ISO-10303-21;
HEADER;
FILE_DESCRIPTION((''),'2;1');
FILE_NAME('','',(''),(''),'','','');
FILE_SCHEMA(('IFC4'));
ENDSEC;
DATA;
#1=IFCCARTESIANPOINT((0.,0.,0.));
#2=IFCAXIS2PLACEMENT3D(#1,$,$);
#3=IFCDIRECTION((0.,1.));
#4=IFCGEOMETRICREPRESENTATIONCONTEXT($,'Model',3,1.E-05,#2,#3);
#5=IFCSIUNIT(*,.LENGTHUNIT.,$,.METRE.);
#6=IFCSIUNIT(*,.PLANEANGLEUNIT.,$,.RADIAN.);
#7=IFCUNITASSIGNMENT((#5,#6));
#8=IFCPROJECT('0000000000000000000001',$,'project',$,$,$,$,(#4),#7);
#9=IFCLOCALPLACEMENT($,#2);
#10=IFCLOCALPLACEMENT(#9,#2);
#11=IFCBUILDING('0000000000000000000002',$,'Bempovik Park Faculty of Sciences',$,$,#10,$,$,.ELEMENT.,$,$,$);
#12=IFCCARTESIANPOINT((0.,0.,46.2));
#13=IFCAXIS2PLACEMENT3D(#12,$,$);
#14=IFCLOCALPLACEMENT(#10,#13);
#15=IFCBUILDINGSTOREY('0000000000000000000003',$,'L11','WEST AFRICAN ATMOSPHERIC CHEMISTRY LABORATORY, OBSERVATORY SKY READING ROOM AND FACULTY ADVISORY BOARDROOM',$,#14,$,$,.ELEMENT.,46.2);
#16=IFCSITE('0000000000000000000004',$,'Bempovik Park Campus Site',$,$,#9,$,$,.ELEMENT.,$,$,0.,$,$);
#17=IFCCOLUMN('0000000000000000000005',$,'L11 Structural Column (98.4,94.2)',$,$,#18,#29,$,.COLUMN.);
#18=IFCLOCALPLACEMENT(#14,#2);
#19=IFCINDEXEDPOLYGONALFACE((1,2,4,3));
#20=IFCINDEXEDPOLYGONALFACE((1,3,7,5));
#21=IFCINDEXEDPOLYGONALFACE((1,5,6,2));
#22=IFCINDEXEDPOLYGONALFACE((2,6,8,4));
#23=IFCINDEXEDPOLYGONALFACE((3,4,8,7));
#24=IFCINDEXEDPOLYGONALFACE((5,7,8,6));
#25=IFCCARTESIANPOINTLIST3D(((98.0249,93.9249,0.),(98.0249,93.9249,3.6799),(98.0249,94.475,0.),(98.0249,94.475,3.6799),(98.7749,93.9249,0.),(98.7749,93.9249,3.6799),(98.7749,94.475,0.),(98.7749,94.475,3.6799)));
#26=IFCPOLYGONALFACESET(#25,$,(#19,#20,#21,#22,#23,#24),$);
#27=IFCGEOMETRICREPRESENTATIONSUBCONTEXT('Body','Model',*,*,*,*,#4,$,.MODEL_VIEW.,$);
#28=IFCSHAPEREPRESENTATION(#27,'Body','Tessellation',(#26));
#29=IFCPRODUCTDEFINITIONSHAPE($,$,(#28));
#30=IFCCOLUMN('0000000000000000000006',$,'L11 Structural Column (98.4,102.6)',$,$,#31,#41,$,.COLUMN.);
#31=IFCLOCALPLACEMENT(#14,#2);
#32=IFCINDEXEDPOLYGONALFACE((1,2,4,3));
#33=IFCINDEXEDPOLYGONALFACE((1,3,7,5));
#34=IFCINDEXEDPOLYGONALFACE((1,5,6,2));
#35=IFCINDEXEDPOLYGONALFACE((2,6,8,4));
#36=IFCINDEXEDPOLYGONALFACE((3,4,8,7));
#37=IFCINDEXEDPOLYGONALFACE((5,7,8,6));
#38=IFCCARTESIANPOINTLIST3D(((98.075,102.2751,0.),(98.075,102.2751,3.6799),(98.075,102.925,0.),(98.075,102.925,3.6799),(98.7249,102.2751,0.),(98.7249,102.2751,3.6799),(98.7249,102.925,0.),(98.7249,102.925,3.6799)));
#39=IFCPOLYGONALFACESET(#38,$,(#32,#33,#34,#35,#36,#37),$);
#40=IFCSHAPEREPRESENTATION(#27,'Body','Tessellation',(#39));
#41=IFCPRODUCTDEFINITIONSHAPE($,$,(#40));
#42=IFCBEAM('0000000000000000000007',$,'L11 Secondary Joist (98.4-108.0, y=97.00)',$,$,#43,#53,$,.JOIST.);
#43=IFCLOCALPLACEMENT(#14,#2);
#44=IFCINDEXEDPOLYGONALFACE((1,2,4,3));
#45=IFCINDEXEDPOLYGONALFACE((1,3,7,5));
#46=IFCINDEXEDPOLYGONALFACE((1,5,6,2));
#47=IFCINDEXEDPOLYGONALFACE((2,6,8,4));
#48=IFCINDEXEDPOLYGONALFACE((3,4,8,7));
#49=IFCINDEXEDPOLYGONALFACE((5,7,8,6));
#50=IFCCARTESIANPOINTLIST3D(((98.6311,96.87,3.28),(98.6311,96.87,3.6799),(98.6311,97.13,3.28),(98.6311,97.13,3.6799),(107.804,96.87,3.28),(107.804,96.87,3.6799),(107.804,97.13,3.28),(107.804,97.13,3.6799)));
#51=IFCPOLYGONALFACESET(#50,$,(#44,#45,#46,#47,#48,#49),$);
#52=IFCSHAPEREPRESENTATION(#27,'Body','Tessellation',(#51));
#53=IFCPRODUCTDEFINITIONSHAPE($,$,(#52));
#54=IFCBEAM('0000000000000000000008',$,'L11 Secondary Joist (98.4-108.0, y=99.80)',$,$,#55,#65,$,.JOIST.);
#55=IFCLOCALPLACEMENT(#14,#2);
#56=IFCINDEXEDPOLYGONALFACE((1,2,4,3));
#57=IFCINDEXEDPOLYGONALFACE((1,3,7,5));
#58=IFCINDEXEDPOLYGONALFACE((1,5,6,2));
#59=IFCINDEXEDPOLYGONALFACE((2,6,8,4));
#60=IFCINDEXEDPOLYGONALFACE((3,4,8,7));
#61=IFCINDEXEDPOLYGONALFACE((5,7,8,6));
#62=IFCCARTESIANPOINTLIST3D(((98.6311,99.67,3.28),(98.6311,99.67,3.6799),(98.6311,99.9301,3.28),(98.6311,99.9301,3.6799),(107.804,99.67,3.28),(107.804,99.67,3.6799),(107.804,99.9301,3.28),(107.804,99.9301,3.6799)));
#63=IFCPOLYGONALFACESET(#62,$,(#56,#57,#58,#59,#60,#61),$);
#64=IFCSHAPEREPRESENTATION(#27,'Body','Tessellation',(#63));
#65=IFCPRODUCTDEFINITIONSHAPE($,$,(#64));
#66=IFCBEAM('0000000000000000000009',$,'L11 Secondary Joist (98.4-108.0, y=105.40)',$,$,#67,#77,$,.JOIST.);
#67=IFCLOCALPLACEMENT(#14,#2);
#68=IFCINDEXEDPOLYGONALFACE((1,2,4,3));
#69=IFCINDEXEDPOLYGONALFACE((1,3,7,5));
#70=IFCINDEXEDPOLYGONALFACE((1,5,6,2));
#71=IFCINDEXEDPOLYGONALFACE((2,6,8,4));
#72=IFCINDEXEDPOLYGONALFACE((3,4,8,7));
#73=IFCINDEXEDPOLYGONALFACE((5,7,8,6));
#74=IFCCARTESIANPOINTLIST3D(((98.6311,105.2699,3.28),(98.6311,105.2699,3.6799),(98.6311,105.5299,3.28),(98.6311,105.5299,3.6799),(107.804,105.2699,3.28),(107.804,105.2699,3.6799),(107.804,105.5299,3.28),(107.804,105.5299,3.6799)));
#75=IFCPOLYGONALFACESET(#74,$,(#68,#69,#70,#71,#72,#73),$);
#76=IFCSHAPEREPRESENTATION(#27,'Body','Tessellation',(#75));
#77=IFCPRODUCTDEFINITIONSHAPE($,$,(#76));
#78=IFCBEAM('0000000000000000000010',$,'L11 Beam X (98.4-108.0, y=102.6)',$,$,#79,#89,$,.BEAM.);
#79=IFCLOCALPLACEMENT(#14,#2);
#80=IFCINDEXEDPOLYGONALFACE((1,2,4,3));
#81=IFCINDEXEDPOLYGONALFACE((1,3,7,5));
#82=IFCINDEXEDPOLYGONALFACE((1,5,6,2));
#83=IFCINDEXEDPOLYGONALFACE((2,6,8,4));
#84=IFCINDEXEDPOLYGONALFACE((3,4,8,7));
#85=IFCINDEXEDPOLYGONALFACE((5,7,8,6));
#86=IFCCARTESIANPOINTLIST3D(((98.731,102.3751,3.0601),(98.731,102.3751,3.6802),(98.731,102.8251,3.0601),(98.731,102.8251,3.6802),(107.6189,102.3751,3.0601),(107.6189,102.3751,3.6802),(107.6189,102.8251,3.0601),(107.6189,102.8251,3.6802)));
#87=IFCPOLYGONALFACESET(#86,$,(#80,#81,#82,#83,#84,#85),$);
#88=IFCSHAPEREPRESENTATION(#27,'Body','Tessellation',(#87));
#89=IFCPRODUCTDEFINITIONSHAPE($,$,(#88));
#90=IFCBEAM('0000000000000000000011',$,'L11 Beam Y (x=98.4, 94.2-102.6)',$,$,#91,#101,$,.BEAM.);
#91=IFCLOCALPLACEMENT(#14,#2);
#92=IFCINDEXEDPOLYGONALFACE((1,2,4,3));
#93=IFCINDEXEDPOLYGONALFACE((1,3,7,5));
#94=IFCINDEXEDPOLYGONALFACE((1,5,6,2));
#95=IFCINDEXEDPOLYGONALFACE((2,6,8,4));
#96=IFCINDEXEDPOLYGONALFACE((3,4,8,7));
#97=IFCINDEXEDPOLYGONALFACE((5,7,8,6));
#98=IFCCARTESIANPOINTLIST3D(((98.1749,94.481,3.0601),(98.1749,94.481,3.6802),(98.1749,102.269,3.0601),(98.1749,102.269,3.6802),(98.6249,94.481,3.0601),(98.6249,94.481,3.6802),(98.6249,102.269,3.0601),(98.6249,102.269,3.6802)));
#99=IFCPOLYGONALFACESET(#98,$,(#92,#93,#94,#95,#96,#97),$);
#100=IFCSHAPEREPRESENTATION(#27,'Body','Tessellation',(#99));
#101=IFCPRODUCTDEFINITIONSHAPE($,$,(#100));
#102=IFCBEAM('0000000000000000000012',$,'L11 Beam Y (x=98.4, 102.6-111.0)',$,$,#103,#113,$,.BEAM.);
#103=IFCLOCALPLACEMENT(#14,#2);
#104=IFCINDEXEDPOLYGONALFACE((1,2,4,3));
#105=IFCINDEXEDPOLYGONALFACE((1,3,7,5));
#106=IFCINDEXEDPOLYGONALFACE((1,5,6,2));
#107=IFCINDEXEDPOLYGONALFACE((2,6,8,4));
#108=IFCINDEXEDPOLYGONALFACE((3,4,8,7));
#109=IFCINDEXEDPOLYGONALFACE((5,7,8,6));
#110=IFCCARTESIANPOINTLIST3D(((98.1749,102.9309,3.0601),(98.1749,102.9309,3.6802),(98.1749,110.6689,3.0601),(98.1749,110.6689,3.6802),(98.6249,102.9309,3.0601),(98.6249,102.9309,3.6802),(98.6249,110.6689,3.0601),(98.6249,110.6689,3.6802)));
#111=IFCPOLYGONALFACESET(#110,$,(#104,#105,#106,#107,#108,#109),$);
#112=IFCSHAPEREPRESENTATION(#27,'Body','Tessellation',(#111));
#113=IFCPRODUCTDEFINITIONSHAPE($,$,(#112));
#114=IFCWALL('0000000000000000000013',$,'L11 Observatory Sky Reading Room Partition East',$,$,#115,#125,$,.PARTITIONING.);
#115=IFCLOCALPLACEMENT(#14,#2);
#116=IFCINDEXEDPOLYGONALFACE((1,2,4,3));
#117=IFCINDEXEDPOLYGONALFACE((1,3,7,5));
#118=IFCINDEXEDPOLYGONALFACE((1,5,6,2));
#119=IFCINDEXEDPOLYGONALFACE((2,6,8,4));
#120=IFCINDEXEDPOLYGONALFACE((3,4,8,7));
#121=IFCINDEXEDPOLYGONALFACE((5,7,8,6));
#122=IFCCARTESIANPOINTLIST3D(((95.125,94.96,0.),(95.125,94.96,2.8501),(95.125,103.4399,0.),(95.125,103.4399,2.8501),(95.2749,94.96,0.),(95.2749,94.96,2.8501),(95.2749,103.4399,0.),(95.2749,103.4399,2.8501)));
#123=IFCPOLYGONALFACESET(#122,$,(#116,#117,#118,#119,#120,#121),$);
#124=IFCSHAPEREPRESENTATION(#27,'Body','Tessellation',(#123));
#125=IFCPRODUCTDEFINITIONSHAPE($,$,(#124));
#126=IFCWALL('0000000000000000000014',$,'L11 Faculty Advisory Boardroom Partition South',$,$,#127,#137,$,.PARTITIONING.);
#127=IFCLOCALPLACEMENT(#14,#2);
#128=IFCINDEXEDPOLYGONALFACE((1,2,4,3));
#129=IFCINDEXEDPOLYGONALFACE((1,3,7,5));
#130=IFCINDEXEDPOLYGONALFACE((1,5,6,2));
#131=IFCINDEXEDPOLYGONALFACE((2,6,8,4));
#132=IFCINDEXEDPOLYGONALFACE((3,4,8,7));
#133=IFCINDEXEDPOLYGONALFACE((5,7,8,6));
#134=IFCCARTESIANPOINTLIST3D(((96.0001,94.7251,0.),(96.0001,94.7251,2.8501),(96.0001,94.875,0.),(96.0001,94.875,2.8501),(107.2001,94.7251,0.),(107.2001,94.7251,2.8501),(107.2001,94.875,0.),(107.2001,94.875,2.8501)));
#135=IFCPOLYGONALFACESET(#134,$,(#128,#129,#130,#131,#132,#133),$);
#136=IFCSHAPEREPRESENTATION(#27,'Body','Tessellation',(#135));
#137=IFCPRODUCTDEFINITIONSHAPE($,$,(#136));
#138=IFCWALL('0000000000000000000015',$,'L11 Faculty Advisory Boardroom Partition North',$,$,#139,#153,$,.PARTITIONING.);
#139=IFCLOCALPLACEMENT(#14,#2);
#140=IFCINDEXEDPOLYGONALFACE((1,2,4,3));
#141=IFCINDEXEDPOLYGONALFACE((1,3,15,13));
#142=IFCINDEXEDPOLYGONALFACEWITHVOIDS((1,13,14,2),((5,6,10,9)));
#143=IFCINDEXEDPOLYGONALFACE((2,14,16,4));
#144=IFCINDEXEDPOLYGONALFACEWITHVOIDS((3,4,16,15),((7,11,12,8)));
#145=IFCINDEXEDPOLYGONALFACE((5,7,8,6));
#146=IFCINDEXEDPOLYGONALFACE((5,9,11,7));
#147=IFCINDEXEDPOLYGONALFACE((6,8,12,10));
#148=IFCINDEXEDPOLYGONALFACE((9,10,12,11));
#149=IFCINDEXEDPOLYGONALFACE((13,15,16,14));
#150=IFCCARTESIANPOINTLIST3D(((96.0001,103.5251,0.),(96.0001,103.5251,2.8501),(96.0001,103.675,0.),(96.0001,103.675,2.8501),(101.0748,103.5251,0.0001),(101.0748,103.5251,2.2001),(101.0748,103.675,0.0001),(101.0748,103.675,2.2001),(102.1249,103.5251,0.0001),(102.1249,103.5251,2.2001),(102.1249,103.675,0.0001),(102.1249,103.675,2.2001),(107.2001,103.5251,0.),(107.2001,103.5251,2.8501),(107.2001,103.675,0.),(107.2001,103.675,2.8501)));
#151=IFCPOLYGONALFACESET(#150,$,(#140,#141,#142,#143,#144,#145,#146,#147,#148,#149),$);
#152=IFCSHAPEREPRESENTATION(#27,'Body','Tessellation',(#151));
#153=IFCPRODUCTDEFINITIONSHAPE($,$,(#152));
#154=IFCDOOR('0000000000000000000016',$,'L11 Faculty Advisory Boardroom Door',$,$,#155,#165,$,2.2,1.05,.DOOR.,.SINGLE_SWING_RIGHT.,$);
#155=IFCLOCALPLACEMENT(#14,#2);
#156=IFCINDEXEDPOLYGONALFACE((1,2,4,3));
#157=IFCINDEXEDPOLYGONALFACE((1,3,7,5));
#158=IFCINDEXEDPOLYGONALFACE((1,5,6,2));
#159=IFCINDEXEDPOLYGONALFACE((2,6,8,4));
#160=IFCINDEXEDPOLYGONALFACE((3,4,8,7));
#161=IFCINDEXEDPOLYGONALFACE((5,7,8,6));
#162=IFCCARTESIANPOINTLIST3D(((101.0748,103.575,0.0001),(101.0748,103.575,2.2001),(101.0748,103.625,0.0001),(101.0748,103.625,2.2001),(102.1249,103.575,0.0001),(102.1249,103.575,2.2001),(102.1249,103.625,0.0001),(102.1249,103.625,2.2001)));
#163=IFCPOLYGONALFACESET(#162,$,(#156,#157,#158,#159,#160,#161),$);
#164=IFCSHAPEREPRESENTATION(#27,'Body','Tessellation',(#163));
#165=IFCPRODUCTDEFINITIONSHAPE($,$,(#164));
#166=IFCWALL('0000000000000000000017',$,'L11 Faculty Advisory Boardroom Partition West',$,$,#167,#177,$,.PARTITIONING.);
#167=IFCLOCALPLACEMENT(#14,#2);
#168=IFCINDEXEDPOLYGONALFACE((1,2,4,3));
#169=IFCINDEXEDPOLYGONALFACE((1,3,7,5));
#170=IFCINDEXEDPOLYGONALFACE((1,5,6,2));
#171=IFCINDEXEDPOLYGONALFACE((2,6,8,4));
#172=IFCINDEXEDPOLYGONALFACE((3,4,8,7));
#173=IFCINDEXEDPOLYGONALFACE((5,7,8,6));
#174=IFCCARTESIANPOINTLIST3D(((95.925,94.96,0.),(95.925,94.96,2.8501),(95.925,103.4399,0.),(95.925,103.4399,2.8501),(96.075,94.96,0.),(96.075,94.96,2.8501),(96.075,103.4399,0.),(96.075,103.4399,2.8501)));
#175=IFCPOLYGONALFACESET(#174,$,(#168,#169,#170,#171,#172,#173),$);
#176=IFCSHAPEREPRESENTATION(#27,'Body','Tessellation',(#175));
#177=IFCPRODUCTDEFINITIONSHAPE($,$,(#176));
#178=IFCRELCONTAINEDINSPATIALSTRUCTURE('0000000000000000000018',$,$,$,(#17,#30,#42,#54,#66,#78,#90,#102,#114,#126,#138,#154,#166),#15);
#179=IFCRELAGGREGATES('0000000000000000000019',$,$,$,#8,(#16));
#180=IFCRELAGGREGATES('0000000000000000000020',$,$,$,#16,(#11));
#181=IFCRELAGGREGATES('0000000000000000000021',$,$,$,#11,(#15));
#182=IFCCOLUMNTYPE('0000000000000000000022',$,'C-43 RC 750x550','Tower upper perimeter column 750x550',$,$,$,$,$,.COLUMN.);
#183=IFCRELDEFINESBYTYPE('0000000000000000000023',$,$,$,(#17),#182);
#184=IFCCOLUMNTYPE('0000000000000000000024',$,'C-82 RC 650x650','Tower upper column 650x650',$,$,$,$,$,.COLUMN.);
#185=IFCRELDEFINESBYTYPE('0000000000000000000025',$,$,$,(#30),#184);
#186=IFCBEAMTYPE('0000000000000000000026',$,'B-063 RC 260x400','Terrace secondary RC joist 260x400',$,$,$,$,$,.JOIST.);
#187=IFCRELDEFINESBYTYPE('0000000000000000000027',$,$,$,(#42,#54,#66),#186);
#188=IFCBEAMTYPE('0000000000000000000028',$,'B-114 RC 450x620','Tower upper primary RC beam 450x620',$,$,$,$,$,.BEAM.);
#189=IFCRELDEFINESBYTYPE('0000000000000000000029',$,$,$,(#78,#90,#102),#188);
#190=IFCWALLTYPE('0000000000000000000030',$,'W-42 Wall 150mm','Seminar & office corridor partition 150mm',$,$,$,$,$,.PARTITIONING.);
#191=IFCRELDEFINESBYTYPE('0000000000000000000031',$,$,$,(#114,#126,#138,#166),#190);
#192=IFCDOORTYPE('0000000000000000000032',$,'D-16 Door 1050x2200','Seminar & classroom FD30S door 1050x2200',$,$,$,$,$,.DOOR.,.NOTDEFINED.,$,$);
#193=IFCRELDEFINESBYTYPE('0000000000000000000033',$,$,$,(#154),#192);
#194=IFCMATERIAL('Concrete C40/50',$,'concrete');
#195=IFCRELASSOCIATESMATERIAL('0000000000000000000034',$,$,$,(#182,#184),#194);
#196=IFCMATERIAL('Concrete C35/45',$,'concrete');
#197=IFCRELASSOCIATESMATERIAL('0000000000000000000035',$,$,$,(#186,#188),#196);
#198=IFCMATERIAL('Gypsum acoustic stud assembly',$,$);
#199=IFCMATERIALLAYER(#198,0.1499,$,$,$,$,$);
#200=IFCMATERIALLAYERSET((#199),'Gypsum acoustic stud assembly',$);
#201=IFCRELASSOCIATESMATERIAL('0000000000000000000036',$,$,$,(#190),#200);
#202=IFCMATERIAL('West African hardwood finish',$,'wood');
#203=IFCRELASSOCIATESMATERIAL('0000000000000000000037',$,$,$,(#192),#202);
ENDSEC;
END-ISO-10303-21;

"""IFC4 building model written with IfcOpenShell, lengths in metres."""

from ifc_helpers import new_model, si_unit, direction, frame, frame_2d, origin, origin_2d, place, context, subcontext, project, spatial, rectangle, extrude, material, layer, layer_set, material_profile, profile_set, type_object, element, fill, save


model = new_model("IFC4")

# Units and contexts
model_context = context("Model", 3, precision=1e-05, world=origin(), true_north=direction((0.0, 1.0)))
body_context = subcontext(model_context, "Body", "Model", "MODEL_VIEW")
ifc_project = project(units=[si_unit("LENGTHUNIT", "METRE"), si_unit("PLANEANGLEUNIT", "RADIAN")], contexts=[model_context])

# Site, building, storey
site_placement = place(None, origin())
site = spatial("IfcSite", under=ifc_project, at=site_placement, Name="Bempovik Park Campus Site", CompositionType="ELEMENT", RefElevation=0.0)
building_placement = place(site_placement, origin())
building = spatial("IfcBuilding", under=site, at=building_placement, Name="Bempovik Park Faculty of Sciences", CompositionType="ELEMENT")
storey_placement = place(building_placement, frame((0.0, 0.0, 46.2)))
storey = spatial("IfcBuildingStorey", under=building, at=storey_placement, Name="L11", Description="WEST AFRICAN ATMOSPHERIC CHEMISTRY LABORATORY, OBSERVATORY SKY READING ROOM AND FACULTY ADVISORY BOARDROOM", CompositionType="ELEMENT", Elevation=46.2)

# Columns
ifc_material_1 = material(Name="Concrete C40/50", Category="concrete")
ifc_material_profile_1 = material_profile(ifc_material_1, rectangle(XDim=0.75, YDim=0.55, at=origin_2d()), Name="RC 750x550")
ifc_profile_set_1 = profile_set([ifc_material_profile_1], Name="Concrete C40/50")
column_type_1 = type_object("IfcColumnType", Name="C-43 RC 750x550", Description="Tower upper perimeter column 750x550", PredefinedType="COLUMN", material=ifc_profile_set_1)
column_1_placement = place(storey_placement, frame((98.3999, 94.2, 0.0), z_axis=(0.0, 0.0, 1.0), x_axis=(1.0, 0.0, 0.0)))
element("IfcColumn", 1, at=column_1_placement, inside=storey, type_object=column_type_1, Name="L11 Structural Column (98.4,94.2)", PredefinedType="COLUMN", context=body_context, shape_type="SweptSolid", body=[
    extrude(rectangle(XDim=0.75, YDim=0.55, at=origin_2d()), origin(), (0.0, 0.0, 1.0), 3.6799),
])
ifc_material_profile_2 = material_profile(ifc_material_1, rectangle(XDim=0.6499, YDim=0.6499, at=origin_2d()), Name="RC 650x650")
ifc_profile_set_2 = profile_set([ifc_material_profile_2], Name="Concrete C40/50")
column_type_2 = type_object("IfcColumnType", Name="C-82 RC 650x650", Description="Tower upper column 650x650", PredefinedType="COLUMN", material=ifc_profile_set_2)
column_2_placement = place(storey_placement, frame((98.3999, 102.6001, 0.0), z_axis=(0.0, 0.0, 1.0), x_axis=(1.0, 0.0, 0.0)))
element("IfcColumn", 2, at=column_2_placement, inside=storey, type_object=column_type_2, Name="L11 Structural Column (98.4,102.6)", PredefinedType="COLUMN", context=body_context, shape_type="SweptSolid", body=[
    extrude(rectangle(XDim=0.6499, YDim=0.6499, at=origin_2d()), origin(), (0.0, 0.0, 1.0), 3.6799),
])

# Beams
ifc_material_2 = material(Name="Concrete C35/45", Category="concrete")
ifc_material_profile_3 = material_profile(ifc_material_2, rectangle(XDim=0.26, YDim=0.3999, at=origin_2d()), Name="RC 260x400")
ifc_profile_set_3 = profile_set([ifc_material_profile_3], Name="Concrete C35/45")
beam_type_1 = type_object("IfcBeamType", Name="B-063 RC 260x400", Description="Terrace secondary RC joist 260x400", PredefinedType="JOIST", material=ifc_profile_set_3)
for number, where, z_axis, x_axis, name in (
    (3, (98.6311, 97.0, 3.48), (1.0, 0.0, 0.0), (0.0, 1.0, 0.0), "L11 Secondary Joist (98.4-108.0, y=97.00)"),
    (4, (98.6311, 99.8, 3.48), (1.0, 0.0, 0.0), (0.0, 1.0, 0.0), "L11 Secondary Joist (98.4-108.0, y=99.80)"),
    (5, (98.6311, 105.3999, 3.48), (1.0, 0.0, 0.0), (0.0, 1.0, 0.0), "L11 Secondary Joist (98.4-108.0, y=105.40)"),
):
    element("IfcBeam", number, at=place(storey_placement, frame(where, z_axis=z_axis, x_axis=x_axis)), inside=storey, type_object=beam_type_1, Name=name, PredefinedType="JOIST", context=body_context, shape_type="SweptSolid", body=[
        extrude(rectangle(XDim=0.26, YDim=0.3999, at=origin_2d()), origin(), (0.0, 0.0, 1.0), 9.1729),
    ])
ifc_material_profile_4 = material_profile(ifc_material_2, rectangle(XDim=0.45, YDim=0.6201, at=origin_2d()), Name="RC 450x620")
ifc_profile_set_4 = profile_set([ifc_material_profile_4], Name="Concrete C35/45")
beam_type_2 = type_object("IfcBeamType", Name="B-114 RC 450x620", Description="Tower upper primary RC beam 450x620", PredefinedType="BEAM", material=ifc_profile_set_4)
beam_1_placement = place(storey_placement, frame((98.731, 102.6001, 3.3701), z_axis=(1.0, 0.0, 0.0), x_axis=(0.0, 1.0, 0.0)))
element("IfcBeam", 6, at=beam_1_placement, inside=storey, type_object=beam_type_2, Name="L11 Beam X (98.4-108.0, y=102.6)", PredefinedType="BEAM", context=body_context, shape_type="SweptSolid", body=[
    extrude(rectangle(XDim=0.45, YDim=0.6201, at=origin_2d()), origin(), (0.0, 0.0, 1.0), 8.8879),
])
beam_2_placement = place(storey_placement, frame((98.3999, 94.481, 3.3701), z_axis=(0.0, 1.0, 0.0), x_axis=(-1.0, 0.0, 0.0)))
element("IfcBeam", 7, at=beam_2_placement, inside=storey, type_object=beam_type_2, Name="L11 Beam Y (x=98.4, 94.2-102.6)", PredefinedType="BEAM", context=body_context, shape_type="SweptSolid", body=[
    extrude(rectangle(XDim=0.45, YDim=0.6201, at=origin_2d()), origin(), (0.0, 0.0, 1.0), 7.7881),
])
beam_3_placement = place(storey_placement, frame((98.3999, 102.9309, 3.3701), z_axis=(0.0, 1.0, 0.0), x_axis=(-1.0, 0.0, 0.0)))
element("IfcBeam", 8, at=beam_3_placement, inside=storey, type_object=beam_type_2, Name="L11 Beam Y (x=98.4, 102.6-111.0)", PredefinedType="BEAM", context=body_context, shape_type="SweptSolid", body=[
    extrude(rectangle(XDim=0.45, YDim=0.6201, at=origin_2d()), origin(), (0.0, 0.0, 1.0), 7.738),
])

# Walls
ifc_material_3 = material(Name="Gypsum acoustic stud assembly")
ifc_layer_1 = layer(ifc_material_3, 0.1499)
ifc_layer_set_1 = layer_set([ifc_layer_1], Name="Gypsum acoustic stud assembly")
wall_type_1 = type_object("IfcWallType", Name="W-42 Wall 150mm", Description="Seminar & office corridor partition 150mm", PredefinedType="PARTITIONING", material=ifc_layer_set_1)
wall_1_placement = place(storey_placement, frame((95.2, 94.96, 0.0), z_axis=(0.0, 0.0, 1.0), x_axis=(0.0, 1.0, 0.0)))
element("IfcWall", 9, at=wall_1_placement, inside=storey, type_object=wall_type_1, Name="L11 Observatory Sky Reading Room Partition East", PredefinedType="PARTITIONING", context=body_context, shape_type="SweptSolid", body=[
    extrude(rectangle(XDim=8.48, YDim=0.1499, at=frame_2d((4.24, 0.0))), origin(), (0.0, 0.0, 1.0), 2.8501),
])
wall_2_placement = place(storey_placement, frame((96.0, 94.8, 0.0), z_axis=(0.0, 0.0, 1.0), x_axis=(1.0, 0.0, 0.0)))
element("IfcWall", 10, at=wall_2_placement, inside=storey, type_object=wall_type_1, Name="L11 Faculty Advisory Boardroom Partition South", PredefinedType="PARTITIONING", context=body_context, shape_type="SweptSolid", body=[
    extrude(rectangle(XDim=11.2, YDim=0.1499, at=frame_2d((5.6001, 0.0))), origin(), (0.0, 0.0, 1.0), 2.8501),
])

# Wall, opening, door
wall_3_placement = place(storey_placement, frame((96.0, 103.6001, 0.0), z_axis=(0.0, 0.0, 1.0), x_axis=(1.0, 0.0, 0.0)))
wall_3 = element("IfcWall", 11, at=wall_3_placement, inside=storey, type_object=wall_type_1, Name="L11 Faculty Advisory Boardroom Partition North", PredefinedType="PARTITIONING", context=body_context, shape_type="SweptSolid", body=[
    extrude(rectangle(XDim=11.2, YDim=0.1499, at=frame_2d((5.6001, 0.0))), origin(), (0.0, 0.0, 1.0), 2.8501),
])
opening_1_placement = place(wall_3_placement, frame((5.075, 0.0, 0.0)))
opening_1 = element("IfcOpeningElement", 12, at=opening_1_placement, cuts=wall_3, PredefinedType="OPENING", context=body_context, shape_type="SweptSolid", body=[
    extrude(rectangle(XDim=1.05, YDim=2.2, at=frame_2d((0.5249, 1.1001))), frame((0.0, 0.085, 0.0), z_axis=(0.0, -1.0, 0.0), x_axis=(1.0, 0.0, 0.0)), (0.0, 0.0, 1.0), 0.1699),
])
ifc_material_4 = material(Name="West African hardwood finish", Category="wood")
door_type = type_object("IfcDoorType", Name="D-16 Door 1050x2200", Description="Seminar & classroom FD30S door 1050x2200", OperationType="NOTDEFINED", PredefinedType="DOOR", material=ifc_material_4)
door_placement = place(opening_1_placement, origin())
door = element("IfcDoor", 13, at=door_placement, inside=storey, type_object=door_type, Name="L11 Faculty Advisory Boardroom Door", OperationType="SINGLE_SWING_RIGHT", OverallHeight=2.2, OverallWidth=1.05, PredefinedType="DOOR", context=body_context, shape_type="SweptSolid", body=[
    extrude(rectangle(XDim=1.05, YDim=2.2, at=frame_2d((0.5249, 1.1001))), frame((0.0, 0.0249, 0.0), z_axis=(0.0, -1.0, 0.0), x_axis=(1.0, 0.0, 0.0)), (0.0, 0.0, 1.0), 0.05),
])
fill(opening_1, door)

# Wall
wall_4_placement = place(storey_placement, frame((96.0, 94.96, 0.0), z_axis=(0.0, 0.0, 1.0), x_axis=(0.0, 1.0, 0.0)))
element("IfcWall", 14, at=wall_4_placement, inside=storey, type_object=wall_type_1, Name="L11 Faculty Advisory Boardroom Partition West", PredefinedType="PARTITIONING", context=body_context, shape_type="SweptSolid", body=[
    extrude(rectangle(XDim=8.48, YDim=0.1499, at=frame_2d((4.24, 0.0))), origin(), (0.0, 0.0, 1.0), 2.8501),
])

save(model, "model.ifc")
